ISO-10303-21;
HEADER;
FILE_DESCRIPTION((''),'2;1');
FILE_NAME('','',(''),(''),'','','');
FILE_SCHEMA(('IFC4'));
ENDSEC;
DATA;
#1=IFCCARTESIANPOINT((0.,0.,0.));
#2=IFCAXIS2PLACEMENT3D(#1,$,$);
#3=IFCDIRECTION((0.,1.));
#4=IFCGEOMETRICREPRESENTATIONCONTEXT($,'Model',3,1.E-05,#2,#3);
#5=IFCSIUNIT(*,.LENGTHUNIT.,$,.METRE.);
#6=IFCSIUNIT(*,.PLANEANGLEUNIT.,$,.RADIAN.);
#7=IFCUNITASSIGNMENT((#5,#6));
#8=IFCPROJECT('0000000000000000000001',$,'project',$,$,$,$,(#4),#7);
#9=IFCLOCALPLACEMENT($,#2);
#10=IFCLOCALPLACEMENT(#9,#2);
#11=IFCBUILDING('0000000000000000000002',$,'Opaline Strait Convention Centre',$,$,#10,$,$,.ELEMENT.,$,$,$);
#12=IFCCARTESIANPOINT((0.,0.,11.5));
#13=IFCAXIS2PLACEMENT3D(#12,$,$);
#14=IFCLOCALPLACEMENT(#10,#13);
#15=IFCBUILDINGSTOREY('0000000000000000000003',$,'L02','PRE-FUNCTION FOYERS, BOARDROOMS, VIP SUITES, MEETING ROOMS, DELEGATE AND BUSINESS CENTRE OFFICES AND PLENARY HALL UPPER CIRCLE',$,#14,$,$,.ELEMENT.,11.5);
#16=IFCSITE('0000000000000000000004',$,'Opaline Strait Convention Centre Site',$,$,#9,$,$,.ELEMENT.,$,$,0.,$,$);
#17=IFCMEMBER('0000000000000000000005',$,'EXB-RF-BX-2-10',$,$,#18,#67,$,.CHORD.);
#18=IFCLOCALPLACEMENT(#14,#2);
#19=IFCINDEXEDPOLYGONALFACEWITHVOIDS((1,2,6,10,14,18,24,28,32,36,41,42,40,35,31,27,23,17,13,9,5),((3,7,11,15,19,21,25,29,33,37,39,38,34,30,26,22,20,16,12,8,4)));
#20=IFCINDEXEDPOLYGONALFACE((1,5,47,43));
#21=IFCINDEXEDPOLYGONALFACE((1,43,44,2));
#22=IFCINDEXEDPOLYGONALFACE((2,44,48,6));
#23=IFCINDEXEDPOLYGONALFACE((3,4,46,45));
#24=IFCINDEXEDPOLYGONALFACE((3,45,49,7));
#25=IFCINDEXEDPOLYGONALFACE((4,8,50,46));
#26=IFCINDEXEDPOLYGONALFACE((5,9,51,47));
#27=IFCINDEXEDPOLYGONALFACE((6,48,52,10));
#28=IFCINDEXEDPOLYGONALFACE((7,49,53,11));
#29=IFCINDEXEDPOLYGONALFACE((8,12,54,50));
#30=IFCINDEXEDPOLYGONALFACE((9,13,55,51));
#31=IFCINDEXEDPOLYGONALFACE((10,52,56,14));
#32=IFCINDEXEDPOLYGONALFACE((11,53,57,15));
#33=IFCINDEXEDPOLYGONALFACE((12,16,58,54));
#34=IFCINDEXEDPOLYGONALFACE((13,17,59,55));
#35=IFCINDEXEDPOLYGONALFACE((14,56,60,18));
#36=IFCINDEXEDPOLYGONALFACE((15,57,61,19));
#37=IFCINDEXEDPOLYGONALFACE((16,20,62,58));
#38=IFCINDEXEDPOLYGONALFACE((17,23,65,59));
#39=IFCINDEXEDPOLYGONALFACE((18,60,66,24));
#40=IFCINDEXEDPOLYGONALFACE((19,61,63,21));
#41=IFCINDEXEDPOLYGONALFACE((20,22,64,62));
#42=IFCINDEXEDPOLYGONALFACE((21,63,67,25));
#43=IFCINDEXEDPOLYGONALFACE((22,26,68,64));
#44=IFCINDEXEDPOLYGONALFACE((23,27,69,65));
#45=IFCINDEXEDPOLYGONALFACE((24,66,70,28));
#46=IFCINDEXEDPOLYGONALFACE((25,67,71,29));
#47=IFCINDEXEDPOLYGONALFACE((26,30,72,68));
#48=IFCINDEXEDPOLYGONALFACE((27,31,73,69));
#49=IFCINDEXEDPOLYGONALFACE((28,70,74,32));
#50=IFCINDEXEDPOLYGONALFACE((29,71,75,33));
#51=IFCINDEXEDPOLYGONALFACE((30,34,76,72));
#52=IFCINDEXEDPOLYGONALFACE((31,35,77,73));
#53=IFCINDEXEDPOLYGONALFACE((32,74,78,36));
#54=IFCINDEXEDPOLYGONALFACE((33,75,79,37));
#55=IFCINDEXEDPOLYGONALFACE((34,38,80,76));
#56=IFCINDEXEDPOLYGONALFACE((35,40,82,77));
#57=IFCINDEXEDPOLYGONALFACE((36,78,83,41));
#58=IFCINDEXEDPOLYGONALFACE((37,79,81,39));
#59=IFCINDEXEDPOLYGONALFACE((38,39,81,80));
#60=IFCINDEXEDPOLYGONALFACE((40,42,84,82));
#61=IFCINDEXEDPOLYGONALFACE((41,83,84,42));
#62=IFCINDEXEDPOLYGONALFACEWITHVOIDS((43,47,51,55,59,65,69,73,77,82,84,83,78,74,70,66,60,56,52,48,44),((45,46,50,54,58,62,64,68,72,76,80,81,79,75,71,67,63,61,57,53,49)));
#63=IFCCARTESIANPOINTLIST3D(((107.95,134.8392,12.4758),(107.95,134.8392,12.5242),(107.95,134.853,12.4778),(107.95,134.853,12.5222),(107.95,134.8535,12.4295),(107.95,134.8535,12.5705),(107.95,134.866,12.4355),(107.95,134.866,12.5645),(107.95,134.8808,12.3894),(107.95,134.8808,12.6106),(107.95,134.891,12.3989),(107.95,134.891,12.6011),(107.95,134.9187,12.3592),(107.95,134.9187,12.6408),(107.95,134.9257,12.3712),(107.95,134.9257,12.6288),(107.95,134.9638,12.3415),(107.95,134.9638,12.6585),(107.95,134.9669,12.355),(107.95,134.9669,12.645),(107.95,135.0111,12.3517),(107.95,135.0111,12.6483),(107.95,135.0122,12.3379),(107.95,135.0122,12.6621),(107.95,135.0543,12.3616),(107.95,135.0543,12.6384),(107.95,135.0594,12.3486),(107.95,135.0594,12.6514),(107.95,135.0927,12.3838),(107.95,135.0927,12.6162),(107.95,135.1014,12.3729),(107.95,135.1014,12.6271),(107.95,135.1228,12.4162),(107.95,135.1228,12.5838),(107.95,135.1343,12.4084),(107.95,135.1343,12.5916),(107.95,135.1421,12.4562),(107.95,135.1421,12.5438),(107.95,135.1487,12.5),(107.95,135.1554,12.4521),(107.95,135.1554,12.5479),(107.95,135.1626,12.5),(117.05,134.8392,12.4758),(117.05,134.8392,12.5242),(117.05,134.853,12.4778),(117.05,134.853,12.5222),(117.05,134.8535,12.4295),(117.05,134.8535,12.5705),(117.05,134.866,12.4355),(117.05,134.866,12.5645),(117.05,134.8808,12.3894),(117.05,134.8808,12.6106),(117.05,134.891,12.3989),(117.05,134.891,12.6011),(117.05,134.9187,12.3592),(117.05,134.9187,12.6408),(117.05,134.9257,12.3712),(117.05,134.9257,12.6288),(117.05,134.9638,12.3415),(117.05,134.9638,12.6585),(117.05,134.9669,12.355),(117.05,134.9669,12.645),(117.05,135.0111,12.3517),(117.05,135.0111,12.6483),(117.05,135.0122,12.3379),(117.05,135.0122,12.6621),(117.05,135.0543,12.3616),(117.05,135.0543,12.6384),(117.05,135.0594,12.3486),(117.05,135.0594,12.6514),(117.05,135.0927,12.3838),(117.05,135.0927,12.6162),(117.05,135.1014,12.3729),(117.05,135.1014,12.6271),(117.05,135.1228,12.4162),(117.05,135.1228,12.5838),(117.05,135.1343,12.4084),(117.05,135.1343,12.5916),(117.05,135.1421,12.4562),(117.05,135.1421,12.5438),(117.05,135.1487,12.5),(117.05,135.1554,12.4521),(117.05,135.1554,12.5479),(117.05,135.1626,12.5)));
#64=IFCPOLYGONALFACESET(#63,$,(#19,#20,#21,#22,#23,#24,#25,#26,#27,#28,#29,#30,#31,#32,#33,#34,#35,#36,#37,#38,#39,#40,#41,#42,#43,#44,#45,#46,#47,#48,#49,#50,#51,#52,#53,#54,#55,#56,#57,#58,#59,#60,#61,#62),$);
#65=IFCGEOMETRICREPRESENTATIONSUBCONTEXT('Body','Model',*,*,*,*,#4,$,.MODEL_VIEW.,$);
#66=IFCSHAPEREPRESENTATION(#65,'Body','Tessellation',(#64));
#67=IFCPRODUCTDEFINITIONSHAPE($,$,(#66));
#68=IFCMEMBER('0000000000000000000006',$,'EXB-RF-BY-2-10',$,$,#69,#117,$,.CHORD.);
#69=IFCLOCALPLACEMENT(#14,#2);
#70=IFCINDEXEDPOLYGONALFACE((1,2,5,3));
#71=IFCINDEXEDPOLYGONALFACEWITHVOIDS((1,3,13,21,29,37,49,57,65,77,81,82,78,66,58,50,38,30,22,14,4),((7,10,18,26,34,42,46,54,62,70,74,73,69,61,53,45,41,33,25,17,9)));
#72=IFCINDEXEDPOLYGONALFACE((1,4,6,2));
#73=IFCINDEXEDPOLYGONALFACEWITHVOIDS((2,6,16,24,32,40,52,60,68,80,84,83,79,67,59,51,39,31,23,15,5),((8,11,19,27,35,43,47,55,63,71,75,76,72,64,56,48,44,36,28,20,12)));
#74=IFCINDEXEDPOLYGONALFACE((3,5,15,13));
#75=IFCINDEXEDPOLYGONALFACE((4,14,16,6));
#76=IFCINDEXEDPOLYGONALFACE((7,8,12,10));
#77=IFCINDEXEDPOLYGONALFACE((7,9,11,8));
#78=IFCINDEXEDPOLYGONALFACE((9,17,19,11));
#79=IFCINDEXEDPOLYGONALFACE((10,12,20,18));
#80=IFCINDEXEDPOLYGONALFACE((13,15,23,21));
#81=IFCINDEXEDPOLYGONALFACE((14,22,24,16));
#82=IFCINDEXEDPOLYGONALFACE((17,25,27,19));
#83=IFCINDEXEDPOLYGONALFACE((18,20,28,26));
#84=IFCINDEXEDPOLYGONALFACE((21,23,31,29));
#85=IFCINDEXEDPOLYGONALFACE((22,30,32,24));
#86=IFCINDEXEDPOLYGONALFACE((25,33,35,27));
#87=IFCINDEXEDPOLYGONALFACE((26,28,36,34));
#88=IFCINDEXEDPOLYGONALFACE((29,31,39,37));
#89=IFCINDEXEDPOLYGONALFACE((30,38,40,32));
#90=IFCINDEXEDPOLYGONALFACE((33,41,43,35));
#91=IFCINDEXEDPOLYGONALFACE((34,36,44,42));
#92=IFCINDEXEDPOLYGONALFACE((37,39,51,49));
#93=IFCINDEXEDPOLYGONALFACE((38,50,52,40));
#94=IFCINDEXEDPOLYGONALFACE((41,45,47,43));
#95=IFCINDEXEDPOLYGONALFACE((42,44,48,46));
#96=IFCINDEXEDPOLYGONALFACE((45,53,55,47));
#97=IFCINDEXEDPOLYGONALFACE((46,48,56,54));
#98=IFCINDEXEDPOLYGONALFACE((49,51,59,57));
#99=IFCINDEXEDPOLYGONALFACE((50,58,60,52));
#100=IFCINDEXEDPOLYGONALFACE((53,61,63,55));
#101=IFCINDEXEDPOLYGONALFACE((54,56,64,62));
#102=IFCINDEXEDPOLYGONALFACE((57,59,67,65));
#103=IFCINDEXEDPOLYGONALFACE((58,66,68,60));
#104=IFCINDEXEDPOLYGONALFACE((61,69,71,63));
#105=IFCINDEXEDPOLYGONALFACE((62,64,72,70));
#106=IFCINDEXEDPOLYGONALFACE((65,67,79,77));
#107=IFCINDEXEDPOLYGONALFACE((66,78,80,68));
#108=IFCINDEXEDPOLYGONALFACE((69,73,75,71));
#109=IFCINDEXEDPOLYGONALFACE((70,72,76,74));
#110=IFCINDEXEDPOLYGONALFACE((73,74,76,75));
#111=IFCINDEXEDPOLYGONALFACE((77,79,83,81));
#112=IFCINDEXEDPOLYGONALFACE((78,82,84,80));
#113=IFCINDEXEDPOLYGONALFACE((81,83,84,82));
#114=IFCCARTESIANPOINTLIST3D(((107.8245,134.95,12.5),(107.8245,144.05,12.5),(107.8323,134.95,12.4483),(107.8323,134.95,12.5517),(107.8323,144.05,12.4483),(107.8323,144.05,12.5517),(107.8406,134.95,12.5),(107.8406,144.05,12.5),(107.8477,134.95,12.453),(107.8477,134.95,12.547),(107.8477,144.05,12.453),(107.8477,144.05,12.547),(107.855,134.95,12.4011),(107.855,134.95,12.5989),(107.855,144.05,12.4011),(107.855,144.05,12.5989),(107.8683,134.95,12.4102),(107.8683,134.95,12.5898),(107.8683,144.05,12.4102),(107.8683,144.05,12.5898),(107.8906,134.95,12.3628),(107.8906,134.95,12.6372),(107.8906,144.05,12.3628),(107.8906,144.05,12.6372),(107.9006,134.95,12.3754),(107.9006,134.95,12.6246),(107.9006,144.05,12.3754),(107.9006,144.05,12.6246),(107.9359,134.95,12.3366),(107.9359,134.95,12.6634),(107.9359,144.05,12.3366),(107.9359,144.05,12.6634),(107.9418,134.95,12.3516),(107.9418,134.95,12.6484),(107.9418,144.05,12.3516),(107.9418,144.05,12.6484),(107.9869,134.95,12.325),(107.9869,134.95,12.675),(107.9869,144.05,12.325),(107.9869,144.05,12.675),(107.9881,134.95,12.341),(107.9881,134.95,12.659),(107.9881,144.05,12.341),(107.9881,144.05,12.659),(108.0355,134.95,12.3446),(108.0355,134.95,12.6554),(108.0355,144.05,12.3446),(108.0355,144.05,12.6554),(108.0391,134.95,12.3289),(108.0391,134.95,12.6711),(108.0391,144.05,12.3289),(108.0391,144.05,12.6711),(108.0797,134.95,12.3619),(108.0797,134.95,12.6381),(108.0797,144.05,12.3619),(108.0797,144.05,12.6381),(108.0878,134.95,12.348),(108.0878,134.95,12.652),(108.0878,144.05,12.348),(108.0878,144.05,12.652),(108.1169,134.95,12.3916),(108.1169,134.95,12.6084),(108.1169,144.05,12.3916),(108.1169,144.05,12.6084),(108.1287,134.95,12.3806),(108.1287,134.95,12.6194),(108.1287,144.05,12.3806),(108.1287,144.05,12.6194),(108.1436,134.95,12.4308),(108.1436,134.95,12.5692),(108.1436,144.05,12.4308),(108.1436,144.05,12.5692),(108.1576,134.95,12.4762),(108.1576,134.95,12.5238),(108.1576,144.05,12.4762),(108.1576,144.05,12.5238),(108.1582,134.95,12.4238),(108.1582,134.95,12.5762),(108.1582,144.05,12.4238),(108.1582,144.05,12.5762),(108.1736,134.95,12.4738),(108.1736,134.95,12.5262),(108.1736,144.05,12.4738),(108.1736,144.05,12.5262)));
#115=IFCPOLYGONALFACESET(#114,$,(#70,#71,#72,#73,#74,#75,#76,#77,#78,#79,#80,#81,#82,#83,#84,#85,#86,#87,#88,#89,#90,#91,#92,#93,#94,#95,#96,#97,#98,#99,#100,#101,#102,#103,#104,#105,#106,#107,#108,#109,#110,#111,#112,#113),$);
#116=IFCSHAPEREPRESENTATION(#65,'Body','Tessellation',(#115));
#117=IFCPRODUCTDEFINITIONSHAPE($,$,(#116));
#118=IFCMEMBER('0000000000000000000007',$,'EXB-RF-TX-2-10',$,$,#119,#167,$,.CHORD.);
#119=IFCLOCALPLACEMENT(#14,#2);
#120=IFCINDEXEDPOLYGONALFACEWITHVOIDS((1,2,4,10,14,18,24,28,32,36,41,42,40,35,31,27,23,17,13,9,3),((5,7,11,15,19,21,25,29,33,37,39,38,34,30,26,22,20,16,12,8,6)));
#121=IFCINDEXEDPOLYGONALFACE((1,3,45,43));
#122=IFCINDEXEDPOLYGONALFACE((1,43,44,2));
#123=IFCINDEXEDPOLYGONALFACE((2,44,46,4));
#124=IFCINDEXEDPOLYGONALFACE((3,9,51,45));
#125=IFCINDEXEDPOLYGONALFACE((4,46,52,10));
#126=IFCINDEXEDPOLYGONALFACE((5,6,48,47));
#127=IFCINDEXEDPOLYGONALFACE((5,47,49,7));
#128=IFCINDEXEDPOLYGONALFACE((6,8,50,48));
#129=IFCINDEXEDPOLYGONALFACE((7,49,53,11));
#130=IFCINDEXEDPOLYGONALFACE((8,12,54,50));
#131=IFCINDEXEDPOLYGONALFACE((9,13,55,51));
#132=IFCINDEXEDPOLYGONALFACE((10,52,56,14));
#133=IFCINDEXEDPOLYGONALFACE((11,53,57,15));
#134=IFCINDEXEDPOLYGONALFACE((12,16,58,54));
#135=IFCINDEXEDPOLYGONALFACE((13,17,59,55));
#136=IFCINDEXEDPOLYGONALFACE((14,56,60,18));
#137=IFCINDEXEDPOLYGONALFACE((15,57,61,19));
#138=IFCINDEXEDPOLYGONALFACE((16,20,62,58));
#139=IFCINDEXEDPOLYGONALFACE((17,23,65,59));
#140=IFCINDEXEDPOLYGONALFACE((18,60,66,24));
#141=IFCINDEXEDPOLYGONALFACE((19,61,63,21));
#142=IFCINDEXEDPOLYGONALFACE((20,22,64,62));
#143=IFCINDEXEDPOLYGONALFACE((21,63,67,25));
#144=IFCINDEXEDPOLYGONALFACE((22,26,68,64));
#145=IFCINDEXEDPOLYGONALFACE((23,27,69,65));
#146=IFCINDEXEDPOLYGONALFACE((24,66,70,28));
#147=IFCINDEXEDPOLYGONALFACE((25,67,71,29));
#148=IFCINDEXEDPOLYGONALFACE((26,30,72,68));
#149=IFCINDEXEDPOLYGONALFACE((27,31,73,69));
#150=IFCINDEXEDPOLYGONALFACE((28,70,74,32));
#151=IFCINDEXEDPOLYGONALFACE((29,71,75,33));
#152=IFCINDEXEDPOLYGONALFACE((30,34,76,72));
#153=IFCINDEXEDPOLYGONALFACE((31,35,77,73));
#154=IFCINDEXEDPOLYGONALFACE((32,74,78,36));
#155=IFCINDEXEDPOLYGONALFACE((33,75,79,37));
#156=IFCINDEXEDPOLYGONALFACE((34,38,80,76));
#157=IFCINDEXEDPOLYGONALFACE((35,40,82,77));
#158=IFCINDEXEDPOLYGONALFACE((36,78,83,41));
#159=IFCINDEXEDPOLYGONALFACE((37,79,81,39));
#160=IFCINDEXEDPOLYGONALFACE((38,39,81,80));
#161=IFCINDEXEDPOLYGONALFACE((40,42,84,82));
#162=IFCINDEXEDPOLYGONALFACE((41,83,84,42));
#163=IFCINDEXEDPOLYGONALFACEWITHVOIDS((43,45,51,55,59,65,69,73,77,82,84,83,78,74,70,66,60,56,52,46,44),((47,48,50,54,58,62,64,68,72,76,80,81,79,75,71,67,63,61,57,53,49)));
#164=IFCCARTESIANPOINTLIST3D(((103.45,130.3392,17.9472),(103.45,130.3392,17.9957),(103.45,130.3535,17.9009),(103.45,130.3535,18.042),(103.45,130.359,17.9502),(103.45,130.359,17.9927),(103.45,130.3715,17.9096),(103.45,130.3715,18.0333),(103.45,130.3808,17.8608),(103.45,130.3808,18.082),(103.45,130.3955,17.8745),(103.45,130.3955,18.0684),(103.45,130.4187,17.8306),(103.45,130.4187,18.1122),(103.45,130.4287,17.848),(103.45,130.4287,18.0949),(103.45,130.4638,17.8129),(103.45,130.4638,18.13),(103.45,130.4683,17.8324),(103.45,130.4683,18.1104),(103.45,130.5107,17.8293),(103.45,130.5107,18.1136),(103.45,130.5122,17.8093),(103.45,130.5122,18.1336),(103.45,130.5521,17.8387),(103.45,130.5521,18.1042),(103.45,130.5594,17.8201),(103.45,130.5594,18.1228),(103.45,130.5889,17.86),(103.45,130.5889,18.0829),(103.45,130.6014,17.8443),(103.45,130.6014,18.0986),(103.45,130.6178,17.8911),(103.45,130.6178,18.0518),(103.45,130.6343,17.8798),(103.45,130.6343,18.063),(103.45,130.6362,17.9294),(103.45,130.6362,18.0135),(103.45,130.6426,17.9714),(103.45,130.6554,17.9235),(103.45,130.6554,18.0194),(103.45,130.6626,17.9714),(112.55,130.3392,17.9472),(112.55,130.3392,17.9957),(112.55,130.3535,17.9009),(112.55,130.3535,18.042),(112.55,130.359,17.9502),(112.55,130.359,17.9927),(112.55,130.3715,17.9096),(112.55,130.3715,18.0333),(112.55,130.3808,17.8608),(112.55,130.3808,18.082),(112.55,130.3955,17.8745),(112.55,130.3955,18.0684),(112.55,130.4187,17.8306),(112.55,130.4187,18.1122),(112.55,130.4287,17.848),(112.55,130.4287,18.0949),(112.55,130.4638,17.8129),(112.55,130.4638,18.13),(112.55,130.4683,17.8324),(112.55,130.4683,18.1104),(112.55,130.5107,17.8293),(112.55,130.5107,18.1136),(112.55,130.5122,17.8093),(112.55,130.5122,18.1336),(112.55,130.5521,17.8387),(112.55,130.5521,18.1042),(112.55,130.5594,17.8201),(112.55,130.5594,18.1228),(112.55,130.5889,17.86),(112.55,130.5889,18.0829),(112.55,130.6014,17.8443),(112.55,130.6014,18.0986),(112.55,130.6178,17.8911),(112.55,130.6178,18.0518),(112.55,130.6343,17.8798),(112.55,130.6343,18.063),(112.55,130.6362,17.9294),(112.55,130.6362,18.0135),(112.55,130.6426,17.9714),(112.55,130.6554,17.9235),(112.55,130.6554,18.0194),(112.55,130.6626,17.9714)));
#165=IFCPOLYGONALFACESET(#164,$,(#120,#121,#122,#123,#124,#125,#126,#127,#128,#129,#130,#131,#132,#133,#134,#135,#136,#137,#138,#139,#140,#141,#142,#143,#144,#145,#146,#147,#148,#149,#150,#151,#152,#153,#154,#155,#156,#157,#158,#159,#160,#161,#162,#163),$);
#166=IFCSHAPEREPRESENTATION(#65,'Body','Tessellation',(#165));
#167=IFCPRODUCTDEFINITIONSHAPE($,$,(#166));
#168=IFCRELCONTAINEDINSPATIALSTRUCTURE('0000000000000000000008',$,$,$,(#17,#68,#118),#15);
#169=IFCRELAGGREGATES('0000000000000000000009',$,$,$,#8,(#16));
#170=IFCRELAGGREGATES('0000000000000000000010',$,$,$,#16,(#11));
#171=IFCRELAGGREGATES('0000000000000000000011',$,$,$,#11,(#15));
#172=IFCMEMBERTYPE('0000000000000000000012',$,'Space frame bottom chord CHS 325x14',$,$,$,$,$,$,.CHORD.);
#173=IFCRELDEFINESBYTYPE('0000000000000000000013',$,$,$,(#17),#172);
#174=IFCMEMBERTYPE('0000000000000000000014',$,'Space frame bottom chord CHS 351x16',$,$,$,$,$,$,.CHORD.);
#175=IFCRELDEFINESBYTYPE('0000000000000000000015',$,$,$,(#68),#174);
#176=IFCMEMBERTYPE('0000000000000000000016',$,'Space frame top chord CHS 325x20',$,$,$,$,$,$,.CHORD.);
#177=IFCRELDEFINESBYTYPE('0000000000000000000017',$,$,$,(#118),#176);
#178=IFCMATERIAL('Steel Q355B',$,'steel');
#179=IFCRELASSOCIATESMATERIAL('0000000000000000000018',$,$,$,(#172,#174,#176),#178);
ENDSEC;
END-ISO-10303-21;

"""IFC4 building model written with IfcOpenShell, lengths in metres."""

from ifc_helpers import new_model, si_unit, direction, frame, origin, origin_2d, place, context, subcontext, project, spatial, hollow_circle, extrude, material, material_profile, profile_set, type_object, element, save


model = new_model("IFC4")

# Units and contexts
model_context = context("Model", 3, precision=1e-05, world=origin(), true_north=direction((0.0, 1.0)))
body_context = subcontext(model_context, "Body", "Model", "MODEL_VIEW")
ifc_project = project(units=[si_unit("LENGTHUNIT", "METRE"), si_unit("PLANEANGLEUNIT", "RADIAN")], contexts=[model_context])

# Site, building, storey
site_placement = place(None, origin())
site = spatial("IfcSite", under=ifc_project, at=site_placement, Name="Opaline Strait Convention Centre Site", CompositionType="ELEMENT", RefElevation=0.0)
building_placement = place(site_placement, origin())
building = spatial("IfcBuilding", under=site, at=building_placement, Name="Opaline Strait Convention Centre", CompositionType="ELEMENT")
storey_placement = place(building_placement, frame((0.0, 0.0, 11.5)))
storey = spatial("IfcBuildingStorey", under=building, at=storey_placement, Name="L02", Description="PRE-FUNCTION FOYERS, BOARDROOMS, VIP SUITES, MEETING ROOMS, DELEGATE AND BUSINESS CENTRE OFFICES AND PLENARY HALL UPPER CIRCLE", CompositionType="ELEMENT", Elevation=11.5)

# Members
ifc_material_1 = material(Name="Steel Q355B", Category="steel")
ifc_material_profile_1 = material_profile(ifc_material_1, hollow_circle(Radius=0.1626, WallThickness=0.0139, at=origin_2d()), Name="CHS 325x14")
ifc_profile_set_1 = profile_set([ifc_material_profile_1], Name="Steel Q355B")
member_type_1 = type_object("IfcMemberType", Name="Space frame bottom chord CHS 325x14", PredefinedType="CHORD", material=ifc_profile_set_1)
member_1_placement = place(storey_placement, frame((107.95, 135.0, 12.5), z_axis=(1.0, 0.0, 0.0), x_axis=(0.0, 1.0, 0.0)))
element("IfcMember", 1, at=member_1_placement, inside=storey, type_object=member_type_1, Name="EXB-RF-BX-2-10", PredefinedType="CHORD", context=body_context, shape_type="SweptSolid", body=[
    extrude(hollow_circle(Radius=0.1626, WallThickness=0.0139, at=origin_2d()), origin(), (0.0, 0.0, 1.0), 9.1001),
])
ifc_material_profile_2 = material_profile(ifc_material_1, hollow_circle(Radius=0.1755, WallThickness=0.0161, at=origin_2d()), Name="CHS 351x16")
ifc_profile_set_2 = profile_set([ifc_material_profile_2], Name="Steel Q355B")
member_type_2 = type_object("IfcMemberType", Name="Space frame bottom chord CHS 351x16", PredefinedType="CHORD", material=ifc_profile_set_2)
member_2_placement = place(storey_placement, frame((108.0, 134.95, 12.5), z_axis=(0.0, 1.0, 0.0), x_axis=(-1.0, 0.0, 0.0)))
element("IfcMember", 2, at=member_2_placement, inside=storey, type_object=member_type_2, Name="EXB-RF-BY-2-10", PredefinedType="CHORD", context=body_context, shape_type="SweptSolid", body=[
    extrude(hollow_circle(Radius=0.1755, WallThickness=0.0161, at=origin_2d()), origin(), (0.0, 0.0, 1.0), 9.1001),
])
ifc_material_profile_3 = material_profile(ifc_material_1, hollow_circle(Radius=0.1626, WallThickness=0.02, at=origin_2d()), Name="CHS 325x20")
ifc_profile_set_3 = profile_set([ifc_material_profile_3], Name="Steel Q355B")
member_type_3 = type_object("IfcMemberType", Name="Space frame top chord CHS 325x20", PredefinedType="CHORD", material=ifc_profile_set_3)
for number, where, z_axis, x_axis, name in (
    (3, (103.45, 130.5, 17.9714), (1.0, 0.0, 0.0), (0.0, 1.0, 0.0), "EXB-RF-TX-2-10"),
):
    element("IfcMember", number, at=place(storey_placement, frame(where, z_axis=z_axis, x_axis=x_axis)), inside=storey, type_object=member_type_3, Name=name, PredefinedType="CHORD", context=body_context, shape_type="SweptSolid", body=[
        extrude(hollow_circle(Radius=0.1626, WallThickness=0.02, at=origin_2d()), origin(), (0.0, 0.0, 1.0), 9.1001),
    ])

save(model, "model.ifc")
